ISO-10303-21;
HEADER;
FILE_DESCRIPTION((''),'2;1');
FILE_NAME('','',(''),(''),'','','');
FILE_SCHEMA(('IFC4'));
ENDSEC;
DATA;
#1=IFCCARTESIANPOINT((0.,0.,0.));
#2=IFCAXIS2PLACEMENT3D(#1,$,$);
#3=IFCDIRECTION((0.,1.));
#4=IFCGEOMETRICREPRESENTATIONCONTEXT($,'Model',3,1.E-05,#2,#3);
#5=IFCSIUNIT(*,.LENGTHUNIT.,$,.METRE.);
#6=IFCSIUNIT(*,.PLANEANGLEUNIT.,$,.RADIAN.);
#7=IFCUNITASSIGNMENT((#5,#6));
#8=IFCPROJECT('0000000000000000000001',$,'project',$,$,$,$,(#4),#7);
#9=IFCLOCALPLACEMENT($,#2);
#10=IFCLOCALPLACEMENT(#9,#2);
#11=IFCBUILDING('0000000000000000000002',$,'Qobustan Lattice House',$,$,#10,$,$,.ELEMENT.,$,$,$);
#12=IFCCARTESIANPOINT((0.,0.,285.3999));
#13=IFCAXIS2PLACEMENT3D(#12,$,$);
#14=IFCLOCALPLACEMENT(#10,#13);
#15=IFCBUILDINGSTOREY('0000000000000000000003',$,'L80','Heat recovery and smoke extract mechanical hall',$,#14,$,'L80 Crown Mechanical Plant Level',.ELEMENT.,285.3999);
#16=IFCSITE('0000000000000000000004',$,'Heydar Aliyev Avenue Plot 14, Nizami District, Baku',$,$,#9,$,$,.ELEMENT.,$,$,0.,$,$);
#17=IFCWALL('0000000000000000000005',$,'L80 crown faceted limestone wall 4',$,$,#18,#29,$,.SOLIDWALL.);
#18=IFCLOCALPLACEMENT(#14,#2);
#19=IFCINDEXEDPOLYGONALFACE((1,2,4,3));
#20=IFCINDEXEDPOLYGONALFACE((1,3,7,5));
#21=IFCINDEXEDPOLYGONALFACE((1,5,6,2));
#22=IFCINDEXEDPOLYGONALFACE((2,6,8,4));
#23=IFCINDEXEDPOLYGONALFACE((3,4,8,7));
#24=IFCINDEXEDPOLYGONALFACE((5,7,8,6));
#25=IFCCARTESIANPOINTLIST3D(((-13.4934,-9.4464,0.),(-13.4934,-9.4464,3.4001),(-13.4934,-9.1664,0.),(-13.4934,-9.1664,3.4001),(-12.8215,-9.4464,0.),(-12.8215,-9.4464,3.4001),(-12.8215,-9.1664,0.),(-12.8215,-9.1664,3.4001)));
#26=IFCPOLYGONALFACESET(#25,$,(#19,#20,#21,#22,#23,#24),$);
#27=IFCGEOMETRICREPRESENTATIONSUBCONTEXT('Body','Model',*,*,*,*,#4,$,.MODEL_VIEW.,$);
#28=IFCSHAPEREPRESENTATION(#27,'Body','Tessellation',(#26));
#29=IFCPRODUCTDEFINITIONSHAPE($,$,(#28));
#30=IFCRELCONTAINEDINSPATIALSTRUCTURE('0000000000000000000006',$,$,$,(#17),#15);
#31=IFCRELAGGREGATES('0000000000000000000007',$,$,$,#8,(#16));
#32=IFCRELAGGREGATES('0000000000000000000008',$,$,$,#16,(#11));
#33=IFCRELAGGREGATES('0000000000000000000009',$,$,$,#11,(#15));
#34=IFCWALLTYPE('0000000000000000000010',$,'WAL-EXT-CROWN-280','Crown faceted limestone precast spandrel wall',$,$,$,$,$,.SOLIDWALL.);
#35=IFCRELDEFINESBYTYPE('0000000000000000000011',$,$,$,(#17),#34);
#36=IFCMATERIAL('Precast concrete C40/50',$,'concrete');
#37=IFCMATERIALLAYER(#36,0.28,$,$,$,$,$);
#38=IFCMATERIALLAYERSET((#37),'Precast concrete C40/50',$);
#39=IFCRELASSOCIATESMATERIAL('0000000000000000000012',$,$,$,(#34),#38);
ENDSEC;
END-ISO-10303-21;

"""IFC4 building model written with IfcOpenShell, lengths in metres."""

from ifc_helpers import new_model, si_unit, direction, frame, frame_2d, origin, place, context, subcontext, project, spatial, rectangle, extrude, material, layer, layer_set, type_object, element, save


model = new_model("IFC4")

# Units and contexts
model_context = context("Model", 3, precision=1e-05, world=origin(), true_north=direction((0.0, 1.0)))
body_context = subcontext(model_context, "Body", "Model", "MODEL_VIEW")
ifc_project = project(units=[si_unit("LENGTHUNIT", "METRE"), si_unit("PLANEANGLEUNIT", "RADIAN")], contexts=[model_context])

# Site, building, storey
site_placement = place(None, origin())
site = spatial("IfcSite", under=ifc_project, at=site_placement, Name="Heydar Aliyev Avenue Plot 14, Nizami District, Baku", CompositionType="ELEMENT", RefElevation=0.0)
building_placement = place(site_placement, origin())
building = spatial("IfcBuilding", under=site, at=building_placement, Name="Qobustan Lattice House", CompositionType="ELEMENT")
storey_placement = place(building_placement, frame((0.0, 0.0, 285.3999)))
storey = spatial("IfcBuildingStorey", under=building, at=storey_placement, Name="L80", Description="Heat recovery and smoke extract mechanical hall", LongName="L80 Crown Mechanical Plant Level", CompositionType="ELEMENT", Elevation=285.3999)

# Wall
ifc_material_1 = material(Name="Precast concrete C40/50", Category="concrete")
ifc_layer_1 = layer(ifc_material_1, 0.28)
ifc_layer_set_1 = layer_set([ifc_layer_1], Name="Precast concrete C40/50")
wall_type = type_object("IfcWallType", Name="WAL-EXT-CROWN-280", Description="Crown faceted limestone precast spandrel wall", PredefinedType="SOLIDWALL", material=ifc_layer_set_1)
wall_1_placement = place(storey_placement, frame((-12.8215, -9.3064, 0.0), z_axis=(0.0, 0.0, 1.0), x_axis=(-1.0, 0.0, 0.0)))
element("IfcWall", 1, at=wall_1_placement, inside=storey, type_object=wall_type, Name="L80 crown faceted limestone wall 4", PredefinedType="SOLIDWALL", context=body_context, shape_type="SweptSolid", body=[
    extrude(rectangle(XDim=0.6719, YDim=0.28, at=frame_2d((0.3359, 0.0))), origin(), (0.0, 0.0, 1.0), 3.4001),
])

save(model, "model.ifc")
